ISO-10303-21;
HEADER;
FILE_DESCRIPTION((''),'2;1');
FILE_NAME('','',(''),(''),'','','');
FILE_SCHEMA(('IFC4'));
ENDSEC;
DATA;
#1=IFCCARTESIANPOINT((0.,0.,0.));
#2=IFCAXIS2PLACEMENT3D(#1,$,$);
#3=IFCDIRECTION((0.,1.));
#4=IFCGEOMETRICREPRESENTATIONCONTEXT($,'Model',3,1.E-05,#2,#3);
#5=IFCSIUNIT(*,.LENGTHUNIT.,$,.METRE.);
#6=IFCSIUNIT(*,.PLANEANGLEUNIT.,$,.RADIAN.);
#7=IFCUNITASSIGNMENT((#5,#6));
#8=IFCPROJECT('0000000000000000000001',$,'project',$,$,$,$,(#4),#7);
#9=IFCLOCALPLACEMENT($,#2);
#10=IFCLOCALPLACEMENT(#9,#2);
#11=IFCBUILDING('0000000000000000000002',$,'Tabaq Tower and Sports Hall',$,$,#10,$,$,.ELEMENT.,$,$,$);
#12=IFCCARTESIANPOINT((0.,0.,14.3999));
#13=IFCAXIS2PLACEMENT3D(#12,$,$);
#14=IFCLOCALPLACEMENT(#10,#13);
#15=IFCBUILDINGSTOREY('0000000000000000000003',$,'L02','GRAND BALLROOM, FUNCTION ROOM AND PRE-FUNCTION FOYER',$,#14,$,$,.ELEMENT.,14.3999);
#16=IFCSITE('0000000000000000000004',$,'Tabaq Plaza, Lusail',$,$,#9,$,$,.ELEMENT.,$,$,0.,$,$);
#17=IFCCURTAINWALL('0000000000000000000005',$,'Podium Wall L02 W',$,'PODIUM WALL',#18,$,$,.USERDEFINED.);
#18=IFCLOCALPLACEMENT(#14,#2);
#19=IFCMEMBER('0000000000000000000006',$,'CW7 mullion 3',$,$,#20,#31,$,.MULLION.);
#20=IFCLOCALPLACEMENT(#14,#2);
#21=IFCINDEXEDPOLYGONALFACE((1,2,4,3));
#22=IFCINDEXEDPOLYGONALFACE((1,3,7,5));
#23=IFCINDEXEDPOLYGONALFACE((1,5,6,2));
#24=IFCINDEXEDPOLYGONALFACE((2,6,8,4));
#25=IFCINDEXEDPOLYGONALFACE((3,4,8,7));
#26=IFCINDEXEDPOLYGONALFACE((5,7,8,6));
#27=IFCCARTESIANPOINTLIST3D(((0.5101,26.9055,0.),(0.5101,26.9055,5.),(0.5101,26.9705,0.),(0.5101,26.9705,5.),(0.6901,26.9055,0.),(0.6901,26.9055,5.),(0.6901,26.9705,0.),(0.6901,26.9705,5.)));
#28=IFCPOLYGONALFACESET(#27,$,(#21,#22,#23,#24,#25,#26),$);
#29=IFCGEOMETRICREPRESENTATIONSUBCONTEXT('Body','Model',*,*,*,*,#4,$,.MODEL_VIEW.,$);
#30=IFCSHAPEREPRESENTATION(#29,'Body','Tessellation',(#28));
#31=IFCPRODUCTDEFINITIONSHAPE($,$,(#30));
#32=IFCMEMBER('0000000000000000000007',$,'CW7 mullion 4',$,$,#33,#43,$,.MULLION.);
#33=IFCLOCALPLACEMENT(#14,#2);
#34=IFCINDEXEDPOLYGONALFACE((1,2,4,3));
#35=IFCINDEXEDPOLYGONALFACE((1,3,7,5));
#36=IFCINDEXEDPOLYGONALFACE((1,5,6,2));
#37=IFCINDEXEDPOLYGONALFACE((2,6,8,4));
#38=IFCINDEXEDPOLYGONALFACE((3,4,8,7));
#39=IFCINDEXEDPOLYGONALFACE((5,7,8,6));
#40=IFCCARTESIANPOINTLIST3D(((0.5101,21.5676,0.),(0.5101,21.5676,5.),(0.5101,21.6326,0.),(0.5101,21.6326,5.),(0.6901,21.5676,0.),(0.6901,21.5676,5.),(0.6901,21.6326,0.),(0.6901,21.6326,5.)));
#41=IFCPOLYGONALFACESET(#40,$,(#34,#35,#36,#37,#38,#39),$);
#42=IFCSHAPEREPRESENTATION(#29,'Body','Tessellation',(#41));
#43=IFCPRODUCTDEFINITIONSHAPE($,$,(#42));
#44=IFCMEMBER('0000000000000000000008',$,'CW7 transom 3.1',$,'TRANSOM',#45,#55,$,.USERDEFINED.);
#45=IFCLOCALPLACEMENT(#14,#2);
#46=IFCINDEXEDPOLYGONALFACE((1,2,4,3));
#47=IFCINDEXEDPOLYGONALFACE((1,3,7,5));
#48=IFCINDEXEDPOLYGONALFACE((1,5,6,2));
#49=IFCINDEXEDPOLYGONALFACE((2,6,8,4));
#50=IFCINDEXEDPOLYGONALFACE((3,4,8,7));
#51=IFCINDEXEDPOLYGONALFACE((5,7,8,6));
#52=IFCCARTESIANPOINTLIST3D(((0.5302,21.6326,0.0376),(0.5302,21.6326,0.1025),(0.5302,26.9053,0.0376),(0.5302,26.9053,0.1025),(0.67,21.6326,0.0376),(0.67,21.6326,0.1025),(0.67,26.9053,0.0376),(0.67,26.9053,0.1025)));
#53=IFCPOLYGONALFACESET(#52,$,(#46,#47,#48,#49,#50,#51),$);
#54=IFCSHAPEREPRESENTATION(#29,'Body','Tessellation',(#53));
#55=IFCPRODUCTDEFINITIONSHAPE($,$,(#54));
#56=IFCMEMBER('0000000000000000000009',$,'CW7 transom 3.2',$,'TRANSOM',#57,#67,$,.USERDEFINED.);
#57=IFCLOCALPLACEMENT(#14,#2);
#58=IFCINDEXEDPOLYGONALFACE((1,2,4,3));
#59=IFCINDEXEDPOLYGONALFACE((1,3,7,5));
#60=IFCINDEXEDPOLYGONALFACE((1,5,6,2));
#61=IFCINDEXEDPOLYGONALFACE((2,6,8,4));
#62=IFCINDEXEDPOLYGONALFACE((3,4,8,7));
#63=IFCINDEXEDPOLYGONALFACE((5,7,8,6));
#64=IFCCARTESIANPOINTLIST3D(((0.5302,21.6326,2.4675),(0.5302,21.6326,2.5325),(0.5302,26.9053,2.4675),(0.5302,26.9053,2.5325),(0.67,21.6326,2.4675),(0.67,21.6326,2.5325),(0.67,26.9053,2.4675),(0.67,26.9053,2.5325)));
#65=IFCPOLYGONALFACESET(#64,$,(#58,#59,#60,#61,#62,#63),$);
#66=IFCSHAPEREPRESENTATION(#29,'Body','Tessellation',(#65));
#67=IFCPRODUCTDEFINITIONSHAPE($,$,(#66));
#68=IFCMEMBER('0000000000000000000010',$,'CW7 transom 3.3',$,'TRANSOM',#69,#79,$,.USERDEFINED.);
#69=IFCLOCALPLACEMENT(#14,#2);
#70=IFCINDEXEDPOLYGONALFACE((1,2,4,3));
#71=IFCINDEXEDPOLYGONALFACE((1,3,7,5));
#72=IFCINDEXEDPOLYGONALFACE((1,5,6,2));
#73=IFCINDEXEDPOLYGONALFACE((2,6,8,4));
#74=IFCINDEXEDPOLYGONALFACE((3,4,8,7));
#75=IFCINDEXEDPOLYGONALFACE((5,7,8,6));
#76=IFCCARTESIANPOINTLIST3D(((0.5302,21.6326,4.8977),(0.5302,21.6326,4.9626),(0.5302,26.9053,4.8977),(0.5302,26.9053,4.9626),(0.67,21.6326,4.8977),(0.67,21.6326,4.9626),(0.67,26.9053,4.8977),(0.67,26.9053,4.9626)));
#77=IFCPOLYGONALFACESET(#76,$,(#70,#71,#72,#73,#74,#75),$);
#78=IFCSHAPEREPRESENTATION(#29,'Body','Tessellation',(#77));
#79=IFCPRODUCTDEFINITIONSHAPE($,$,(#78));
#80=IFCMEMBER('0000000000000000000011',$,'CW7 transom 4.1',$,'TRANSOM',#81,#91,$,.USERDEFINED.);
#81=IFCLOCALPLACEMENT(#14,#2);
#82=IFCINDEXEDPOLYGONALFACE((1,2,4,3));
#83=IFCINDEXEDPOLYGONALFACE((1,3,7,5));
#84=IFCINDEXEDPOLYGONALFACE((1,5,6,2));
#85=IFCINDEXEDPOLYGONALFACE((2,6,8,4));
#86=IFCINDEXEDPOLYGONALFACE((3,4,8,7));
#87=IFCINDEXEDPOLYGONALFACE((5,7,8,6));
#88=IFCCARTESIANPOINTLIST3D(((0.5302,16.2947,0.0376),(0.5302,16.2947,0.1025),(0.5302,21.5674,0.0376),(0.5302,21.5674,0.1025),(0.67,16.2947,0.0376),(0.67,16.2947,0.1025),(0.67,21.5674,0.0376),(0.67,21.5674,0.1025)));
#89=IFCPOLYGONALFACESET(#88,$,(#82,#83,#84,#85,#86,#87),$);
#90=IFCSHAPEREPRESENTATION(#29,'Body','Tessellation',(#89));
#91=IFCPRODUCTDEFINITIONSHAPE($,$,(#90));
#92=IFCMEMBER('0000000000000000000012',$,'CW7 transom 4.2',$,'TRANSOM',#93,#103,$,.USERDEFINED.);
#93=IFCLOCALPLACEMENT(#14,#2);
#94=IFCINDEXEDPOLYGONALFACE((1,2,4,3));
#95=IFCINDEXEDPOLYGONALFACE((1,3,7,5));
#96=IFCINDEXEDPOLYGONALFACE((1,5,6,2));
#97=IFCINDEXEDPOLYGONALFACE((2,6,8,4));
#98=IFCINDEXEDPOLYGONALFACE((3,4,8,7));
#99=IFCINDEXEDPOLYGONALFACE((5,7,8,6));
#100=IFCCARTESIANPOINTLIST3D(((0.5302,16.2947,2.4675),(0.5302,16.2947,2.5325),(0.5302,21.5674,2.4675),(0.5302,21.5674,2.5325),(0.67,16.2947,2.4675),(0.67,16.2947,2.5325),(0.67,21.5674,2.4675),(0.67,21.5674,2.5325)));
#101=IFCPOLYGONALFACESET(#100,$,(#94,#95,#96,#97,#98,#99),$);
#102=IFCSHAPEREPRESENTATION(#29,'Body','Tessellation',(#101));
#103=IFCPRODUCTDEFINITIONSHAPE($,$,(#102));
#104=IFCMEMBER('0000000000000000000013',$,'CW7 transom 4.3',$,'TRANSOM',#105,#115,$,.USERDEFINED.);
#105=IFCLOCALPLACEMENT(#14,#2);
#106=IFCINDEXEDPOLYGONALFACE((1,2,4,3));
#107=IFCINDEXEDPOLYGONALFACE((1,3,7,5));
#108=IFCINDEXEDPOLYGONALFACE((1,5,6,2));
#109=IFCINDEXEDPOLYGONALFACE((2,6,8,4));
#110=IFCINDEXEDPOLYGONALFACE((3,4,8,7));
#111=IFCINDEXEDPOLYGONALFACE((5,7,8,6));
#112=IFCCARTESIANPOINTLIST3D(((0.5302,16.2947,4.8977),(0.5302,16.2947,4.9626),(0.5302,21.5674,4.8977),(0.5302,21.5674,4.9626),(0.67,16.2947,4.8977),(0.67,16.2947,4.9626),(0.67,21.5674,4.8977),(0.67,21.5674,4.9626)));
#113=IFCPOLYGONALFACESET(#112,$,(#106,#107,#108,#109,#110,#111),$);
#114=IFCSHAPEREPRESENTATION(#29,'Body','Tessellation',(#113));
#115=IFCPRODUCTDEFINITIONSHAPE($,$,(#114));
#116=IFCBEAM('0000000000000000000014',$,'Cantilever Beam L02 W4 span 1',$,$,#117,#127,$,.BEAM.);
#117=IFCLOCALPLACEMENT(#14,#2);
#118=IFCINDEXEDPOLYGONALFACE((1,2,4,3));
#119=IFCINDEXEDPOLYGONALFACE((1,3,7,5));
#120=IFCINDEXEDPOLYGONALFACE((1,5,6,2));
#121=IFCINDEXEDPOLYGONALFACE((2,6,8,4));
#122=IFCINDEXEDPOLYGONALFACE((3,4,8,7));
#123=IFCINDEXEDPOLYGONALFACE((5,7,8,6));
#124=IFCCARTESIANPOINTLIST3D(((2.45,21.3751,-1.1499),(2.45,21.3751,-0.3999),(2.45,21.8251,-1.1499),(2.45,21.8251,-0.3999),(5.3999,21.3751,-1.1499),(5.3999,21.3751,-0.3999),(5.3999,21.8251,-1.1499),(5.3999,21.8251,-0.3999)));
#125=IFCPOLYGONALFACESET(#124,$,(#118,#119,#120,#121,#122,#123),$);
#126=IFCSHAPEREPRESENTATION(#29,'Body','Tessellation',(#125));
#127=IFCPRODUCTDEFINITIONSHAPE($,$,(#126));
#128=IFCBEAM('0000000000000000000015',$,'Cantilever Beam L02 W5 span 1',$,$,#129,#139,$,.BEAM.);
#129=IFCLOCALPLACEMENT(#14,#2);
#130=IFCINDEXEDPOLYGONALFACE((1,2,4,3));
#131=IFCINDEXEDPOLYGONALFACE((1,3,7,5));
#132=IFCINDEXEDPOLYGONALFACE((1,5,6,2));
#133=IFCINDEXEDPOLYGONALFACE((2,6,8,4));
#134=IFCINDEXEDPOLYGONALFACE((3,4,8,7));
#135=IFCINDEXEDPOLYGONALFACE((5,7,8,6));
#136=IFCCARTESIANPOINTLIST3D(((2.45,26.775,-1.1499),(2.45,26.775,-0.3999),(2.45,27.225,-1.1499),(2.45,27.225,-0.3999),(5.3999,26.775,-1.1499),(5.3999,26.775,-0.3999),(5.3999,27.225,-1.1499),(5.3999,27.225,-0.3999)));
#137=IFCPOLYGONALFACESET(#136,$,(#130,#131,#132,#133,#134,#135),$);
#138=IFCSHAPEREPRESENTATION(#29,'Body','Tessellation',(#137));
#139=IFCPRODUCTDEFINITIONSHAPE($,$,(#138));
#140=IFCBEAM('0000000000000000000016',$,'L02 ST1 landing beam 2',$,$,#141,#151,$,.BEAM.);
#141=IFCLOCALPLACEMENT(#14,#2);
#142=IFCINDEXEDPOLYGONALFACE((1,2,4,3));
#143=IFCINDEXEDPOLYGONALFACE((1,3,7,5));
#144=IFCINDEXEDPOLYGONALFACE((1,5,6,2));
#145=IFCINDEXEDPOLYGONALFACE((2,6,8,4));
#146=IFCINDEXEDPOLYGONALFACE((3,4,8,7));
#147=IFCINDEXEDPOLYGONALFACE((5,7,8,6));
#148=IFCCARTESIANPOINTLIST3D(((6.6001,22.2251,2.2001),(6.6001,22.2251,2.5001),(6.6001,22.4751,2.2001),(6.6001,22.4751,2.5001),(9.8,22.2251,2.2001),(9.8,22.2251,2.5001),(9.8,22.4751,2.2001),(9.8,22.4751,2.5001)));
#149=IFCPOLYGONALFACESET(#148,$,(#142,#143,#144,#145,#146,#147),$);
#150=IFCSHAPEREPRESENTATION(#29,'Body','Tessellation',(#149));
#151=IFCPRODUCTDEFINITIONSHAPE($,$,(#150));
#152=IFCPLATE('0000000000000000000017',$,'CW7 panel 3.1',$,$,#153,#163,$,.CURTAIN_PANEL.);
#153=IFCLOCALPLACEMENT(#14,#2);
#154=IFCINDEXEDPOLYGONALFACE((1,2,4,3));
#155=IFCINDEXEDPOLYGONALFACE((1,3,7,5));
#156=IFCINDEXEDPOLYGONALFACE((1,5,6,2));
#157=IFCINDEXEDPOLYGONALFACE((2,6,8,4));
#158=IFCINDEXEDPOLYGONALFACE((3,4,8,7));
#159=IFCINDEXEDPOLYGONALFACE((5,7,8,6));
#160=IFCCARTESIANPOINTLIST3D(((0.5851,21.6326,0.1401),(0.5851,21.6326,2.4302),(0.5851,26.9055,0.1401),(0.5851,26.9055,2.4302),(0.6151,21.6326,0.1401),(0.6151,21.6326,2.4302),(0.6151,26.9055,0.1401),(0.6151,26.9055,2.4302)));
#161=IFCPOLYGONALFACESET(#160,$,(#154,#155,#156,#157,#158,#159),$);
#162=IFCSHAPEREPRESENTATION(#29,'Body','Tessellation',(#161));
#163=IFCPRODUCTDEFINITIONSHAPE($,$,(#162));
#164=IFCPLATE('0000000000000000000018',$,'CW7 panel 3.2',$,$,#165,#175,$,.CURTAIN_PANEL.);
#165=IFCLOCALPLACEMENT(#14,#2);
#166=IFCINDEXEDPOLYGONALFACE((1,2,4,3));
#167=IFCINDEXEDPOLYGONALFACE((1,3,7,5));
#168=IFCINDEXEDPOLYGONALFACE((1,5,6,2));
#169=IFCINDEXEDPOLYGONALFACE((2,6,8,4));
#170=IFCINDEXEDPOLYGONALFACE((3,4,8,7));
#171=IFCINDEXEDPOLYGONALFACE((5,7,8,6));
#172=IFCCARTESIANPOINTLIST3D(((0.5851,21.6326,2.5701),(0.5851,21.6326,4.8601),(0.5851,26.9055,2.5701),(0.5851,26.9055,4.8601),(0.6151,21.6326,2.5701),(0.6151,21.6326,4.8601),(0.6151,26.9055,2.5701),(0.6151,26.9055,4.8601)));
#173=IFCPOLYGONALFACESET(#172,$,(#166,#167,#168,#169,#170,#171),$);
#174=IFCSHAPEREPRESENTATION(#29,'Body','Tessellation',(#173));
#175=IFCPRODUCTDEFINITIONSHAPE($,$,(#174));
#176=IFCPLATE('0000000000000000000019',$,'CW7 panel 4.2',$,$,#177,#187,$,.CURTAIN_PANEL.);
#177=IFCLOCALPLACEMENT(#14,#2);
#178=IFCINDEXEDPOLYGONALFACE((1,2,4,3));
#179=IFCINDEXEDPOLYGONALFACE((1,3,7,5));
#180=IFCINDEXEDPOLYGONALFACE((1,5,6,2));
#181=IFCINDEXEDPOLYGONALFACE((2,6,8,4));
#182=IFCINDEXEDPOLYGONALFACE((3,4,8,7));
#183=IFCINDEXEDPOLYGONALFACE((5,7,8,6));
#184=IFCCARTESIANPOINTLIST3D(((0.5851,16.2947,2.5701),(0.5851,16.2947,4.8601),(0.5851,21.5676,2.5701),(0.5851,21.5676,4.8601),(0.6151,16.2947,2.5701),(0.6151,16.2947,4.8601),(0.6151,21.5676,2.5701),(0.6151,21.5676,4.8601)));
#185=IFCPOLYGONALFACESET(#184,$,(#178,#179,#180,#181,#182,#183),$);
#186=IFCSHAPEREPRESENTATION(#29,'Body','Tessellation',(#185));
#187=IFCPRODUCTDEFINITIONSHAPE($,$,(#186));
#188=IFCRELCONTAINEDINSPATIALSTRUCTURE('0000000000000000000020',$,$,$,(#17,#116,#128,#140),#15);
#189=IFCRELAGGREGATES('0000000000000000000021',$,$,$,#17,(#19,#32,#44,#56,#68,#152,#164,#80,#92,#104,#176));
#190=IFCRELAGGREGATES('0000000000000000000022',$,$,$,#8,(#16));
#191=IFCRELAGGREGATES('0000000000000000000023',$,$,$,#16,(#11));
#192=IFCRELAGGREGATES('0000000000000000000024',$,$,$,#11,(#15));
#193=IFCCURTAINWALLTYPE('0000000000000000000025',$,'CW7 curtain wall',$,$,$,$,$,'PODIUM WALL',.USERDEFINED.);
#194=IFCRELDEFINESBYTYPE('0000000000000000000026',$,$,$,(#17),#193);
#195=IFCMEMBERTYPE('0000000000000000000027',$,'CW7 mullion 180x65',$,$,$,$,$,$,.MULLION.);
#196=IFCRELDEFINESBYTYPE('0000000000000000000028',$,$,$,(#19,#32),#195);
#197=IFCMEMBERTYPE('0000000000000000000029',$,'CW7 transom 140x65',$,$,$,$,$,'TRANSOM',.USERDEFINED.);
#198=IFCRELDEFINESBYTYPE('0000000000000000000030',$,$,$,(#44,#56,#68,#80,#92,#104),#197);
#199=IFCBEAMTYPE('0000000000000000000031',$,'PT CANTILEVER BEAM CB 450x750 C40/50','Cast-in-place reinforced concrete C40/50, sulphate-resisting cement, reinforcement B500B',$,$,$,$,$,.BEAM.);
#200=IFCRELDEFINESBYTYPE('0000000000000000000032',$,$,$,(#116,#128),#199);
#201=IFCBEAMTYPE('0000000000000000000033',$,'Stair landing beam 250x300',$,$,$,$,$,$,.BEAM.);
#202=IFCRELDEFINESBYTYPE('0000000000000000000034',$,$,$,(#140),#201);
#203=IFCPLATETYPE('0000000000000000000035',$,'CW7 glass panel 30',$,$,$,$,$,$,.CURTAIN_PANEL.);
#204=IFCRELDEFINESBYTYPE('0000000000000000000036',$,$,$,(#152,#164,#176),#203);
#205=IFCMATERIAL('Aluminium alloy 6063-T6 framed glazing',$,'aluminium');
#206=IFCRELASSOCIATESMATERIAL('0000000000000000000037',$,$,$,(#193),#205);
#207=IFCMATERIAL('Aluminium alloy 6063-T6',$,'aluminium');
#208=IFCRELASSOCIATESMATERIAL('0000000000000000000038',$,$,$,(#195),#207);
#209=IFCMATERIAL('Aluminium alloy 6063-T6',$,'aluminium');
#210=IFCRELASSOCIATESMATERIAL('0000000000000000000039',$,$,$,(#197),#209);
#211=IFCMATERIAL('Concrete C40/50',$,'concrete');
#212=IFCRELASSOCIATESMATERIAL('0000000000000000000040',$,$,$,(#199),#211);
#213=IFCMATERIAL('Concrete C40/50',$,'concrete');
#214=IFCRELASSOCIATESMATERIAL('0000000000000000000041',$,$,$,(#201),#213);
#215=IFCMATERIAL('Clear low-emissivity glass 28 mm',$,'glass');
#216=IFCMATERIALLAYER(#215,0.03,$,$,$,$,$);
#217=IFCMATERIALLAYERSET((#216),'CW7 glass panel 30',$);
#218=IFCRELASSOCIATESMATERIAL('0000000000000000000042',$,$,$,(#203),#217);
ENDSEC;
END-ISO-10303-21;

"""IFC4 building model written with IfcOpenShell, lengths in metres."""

from ifc_helpers import new_model, si_unit, direction, frame, origin, origin_2d, place, context, subcontext, project, spatial, rectangle, extrude, material, layer, layer_set, material_profile, profile_set, type_object, element, aggregate, save


model = new_model("IFC4")

# Units and contexts
model_context = context("Model", 3, precision=1e-05, world=origin(), true_north=direction((0.0, 1.0)))
body_context = subcontext(model_context, "Body", "Model", "MODEL_VIEW")
ifc_project = project(units=[si_unit("LENGTHUNIT", "METRE"), si_unit("PLANEANGLEUNIT", "RADIAN")], contexts=[model_context])

# Site, building, storey
site_placement = place(None, origin())
site = spatial("IfcSite", under=ifc_project, at=site_placement, Name="Tabaq Plaza, Lusail", CompositionType="ELEMENT", RefElevation=0.0)
building_placement = place(site_placement, origin())
building = spatial("IfcBuilding", under=site, at=building_placement, Name="Tabaq Tower and Sports Hall", CompositionType="ELEMENT")
storey_placement = place(building_placement, frame((0.0, 0.0, 14.3999)))
storey = spatial("IfcBuildingStorey", under=building, at=storey_placement, Name="L02", Description="GRAND BALLROOM, FUNCTION ROOM AND PRE-FUNCTION FOYER", CompositionType="ELEMENT", Elevation=14.3999)

# Curtain wall, members
ifc_material_1 = material(Name="Aluminium alloy 6063-T6 framed glazing", Category="aluminium")
curtain_wall_type = type_object("IfcCurtainWallType", Name="CW7 curtain wall", ElementType="PODIUM WALL", PredefinedType="USERDEFINED", material=ifc_material_1)
curtain_wall_placement = place(storey_placement, origin())
curtain_wall = element("IfcCurtainWall", 1, at=curtain_wall_placement, inside=storey, type_object=curtain_wall_type, Name="Podium Wall L02 W", ObjectType="PODIUM WALL", PredefinedType="USERDEFINED")
ifc_material_2 = material(Name="Aluminium alloy 6063-T6", Category="aluminium")
ifc_material_profile_1 = material_profile(ifc_material_2, rectangle(XDim=0.1799, YDim=0.0649, at=origin_2d()), Name="MULLION 180x65")
ifc_profile_set_1 = profile_set([ifc_material_profile_1], Name="Aluminium alloy 6063-T6")
member_type_1 = type_object("IfcMemberType", Name="CW7 mullion 180x65", PredefinedType="MULLION", material=ifc_profile_set_1)
member_1_placement = place(storey_placement, frame((0.6001, 26.938, 0.0), z_axis=(0.0, 0.0, 1.0), x_axis=(1.0, 0.0, 0.0)))
member_1 = element("IfcMember", 2, at=member_1_placement, type_object=member_type_1, Name="CW7 mullion 3", PredefinedType="MULLION", context=body_context, shape_type="SweptSolid", body=[
    extrude(rectangle(XDim=0.1799, YDim=0.0649, at=origin_2d()), origin(), (0.0, 0.0, 1.0), 5.0),
])
member_2_placement = place(storey_placement, frame((0.6001, 21.6001, 0.0), z_axis=(0.0, 0.0, 1.0), x_axis=(1.0, 0.0, 0.0)))
member_2 = element("IfcMember", 3, at=member_2_placement, type_object=member_type_1, Name="CW7 mullion 4", PredefinedType="MULLION", context=body_context, shape_type="SweptSolid", body=[
    extrude(rectangle(XDim=0.1799, YDim=0.0649, at=origin_2d()), origin(), (0.0, 0.0, 1.0), 5.0),
])
ifc_material_3 = material(Name="Aluminium alloy 6063-T6", Category="aluminium")
ifc_material_profile_2 = material_profile(ifc_material_3, rectangle(XDim=0.1399, YDim=0.0649, at=origin_2d()), Name="TRANSOM 140x65")
ifc_profile_set_2 = profile_set([ifc_material_profile_2], Name="Aluminium alloy 6063-T6")
member_type_2 = type_object("IfcMemberType", Name="CW7 transom 140x65", ElementType="TRANSOM", PredefinedType="USERDEFINED", material=ifc_profile_set_2)
member_3_placement = place(storey_placement, frame((0.6001, 26.9053, 0.0701), z_axis=(0.0, -1.0, 0.0), x_axis=(1.0, 0.0, 0.0)))
member_3 = element("IfcMember", 4, at=member_3_placement, type_object=member_type_2, Name="CW7 transom 3.1", ObjectType="TRANSOM", PredefinedType="USERDEFINED", context=body_context, shape_type="SweptSolid", body=[
    extrude(rectangle(XDim=0.1399, YDim=0.0649, at=origin_2d()), origin(), (0.0, 0.0, 1.0), 5.2727),
])
member_4_placement = place(storey_placement, frame((0.6001, 26.9053, 2.5), z_axis=(0.0, -1.0, 0.0), x_axis=(1.0, 0.0, 0.0)))
member_4 = element("IfcMember", 5, at=member_4_placement, type_object=member_type_2, Name="CW7 transom 3.2", ObjectType="TRANSOM", PredefinedType="USERDEFINED", context=body_context, shape_type="SweptSolid", body=[
    extrude(rectangle(XDim=0.1399, YDim=0.0649, at=origin_2d()), origin(), (0.0, 0.0, 1.0), 5.2727),
])
member_5_placement = place(storey_placement, frame((0.6001, 26.9053, 4.9302), z_axis=(0.0, -1.0, 0.0), x_axis=(1.0, 0.0, 0.0)))
member_5 = element("IfcMember", 6, at=member_5_placement, type_object=member_type_2, Name="CW7 transom 3.3", ObjectType="TRANSOM", PredefinedType="USERDEFINED", context=body_context, shape_type="SweptSolid", body=[
    extrude(rectangle(XDim=0.1399, YDim=0.0649, at=origin_2d()), origin(), (0.0, 0.0, 1.0), 5.2727),
])
member_6_placement = place(storey_placement, frame((0.6001, 21.5674, 0.0701), z_axis=(0.0, -1.0, 0.0), x_axis=(1.0, 0.0, 0.0)))
member_6 = element("IfcMember", 7, at=member_6_placement, type_object=member_type_2, Name="CW7 transom 4.1", ObjectType="TRANSOM", PredefinedType="USERDEFINED", context=body_context, shape_type="SweptSolid", body=[
    extrude(rectangle(XDim=0.1399, YDim=0.0649, at=origin_2d()), origin(), (0.0, 0.0, 1.0), 5.2727),
])
member_7_placement = place(storey_placement, frame((0.6001, 21.5674, 2.5), z_axis=(0.0, -1.0, 0.0), x_axis=(1.0, 0.0, 0.0)))
member_7 = element("IfcMember", 8, at=member_7_placement, type_object=member_type_2, Name="CW7 transom 4.2", ObjectType="TRANSOM", PredefinedType="USERDEFINED", context=body_context, shape_type="SweptSolid", body=[
    extrude(rectangle(XDim=0.1399, YDim=0.0649, at=origin_2d()), origin(), (0.0, 0.0, 1.0), 5.2727),
])
member_8_placement = place(storey_placement, frame((0.6001, 21.5674, 4.9302), z_axis=(0.0, -1.0, 0.0), x_axis=(1.0, 0.0, 0.0)))
member_8 = element("IfcMember", 9, at=member_8_placement, type_object=member_type_2, Name="CW7 transom 4.3", ObjectType="TRANSOM", PredefinedType="USERDEFINED", context=body_context, shape_type="SweptSolid", body=[
    extrude(rectangle(XDim=0.1399, YDim=0.0649, at=origin_2d()), origin(), (0.0, 0.0, 1.0), 5.2727),
])

# Beams
ifc_material_4 = material(Name="Concrete C40/50", Category="concrete")
ifc_material_profile_3 = material_profile(ifc_material_4, rectangle(XDim=0.45, YDim=0.75, at=origin_2d()), Name="CB 450x750")
ifc_profile_set_3 = profile_set([ifc_material_profile_3], Name="Concrete C40/50")
beam_type_1 = type_object("IfcBeamType", Name="PT CANTILEVER BEAM CB 450x750 C40/50", Description="Cast-in-place reinforced concrete C40/50, sulphate-resisting cement, reinforcement B500B", PredefinedType="BEAM", material=ifc_profile_set_3)
for number, where, z_axis, x_axis, name in (
    (10, (2.45, 21.6001, -0.7749), (1.0, 0.0, 0.0), (0.0, 1.0, 0.0), "Cantilever Beam L02 W4 span 1"),
    (11, (2.45, 27.0, -0.7749), (1.0, 0.0, 0.0), (0.0, 1.0, 0.0), "Cantilever Beam L02 W5 span 1"),
):
    element("IfcBeam", number, at=place(storey_placement, frame(where, z_axis=z_axis, x_axis=x_axis)), inside=storey, type_object=beam_type_1, Name=name, PredefinedType="BEAM", context=body_context, shape_type="SweptSolid", body=[
        extrude(rectangle(XDim=0.45, YDim=0.75, at=origin_2d()), origin(), (0.0, 0.0, 1.0), 2.95),
    ])
ifc_material_5 = material(Name="Concrete C40/50", Category="concrete")
ifc_material_profile_4 = material_profile(ifc_material_5, rectangle(XDim=0.25, YDim=0.3, at=origin_2d()), Name="RC 250x300")
ifc_profile_set_4 = profile_set([ifc_material_profile_4], Name="Concrete C40/50")
beam_type_2 = type_object("IfcBeamType", Name="Stair landing beam 250x300", PredefinedType="BEAM", material=ifc_profile_set_4)
beam_placement = place(storey_placement, frame((6.6001, 22.3501, 2.3501), z_axis=(1.0, 0.0, 0.0), x_axis=(0.0, 1.0, 0.0)))
element("IfcBeam", 12, at=beam_placement, inside=storey, type_object=beam_type_2, Name="L02 ST1 landing beam 2", PredefinedType="BEAM", context=body_context, shape_type="SweptSolid", body=[
    extrude(rectangle(XDim=0.25, YDim=0.3, at=origin_2d()), origin(), (0.0, 0.0, 1.0), 3.2),
])

# Plates
ifc_material_6 = material(Name="Clear low-emissivity glass 28 mm", Category="glass")
ifc_layer_1 = layer(ifc_material_6, 0.03)
ifc_layer_set_1 = layer_set([ifc_layer_1], Name="CW7 glass panel 30")
plate_type = type_object("IfcPlateType", Name="CW7 glass panel 30", PredefinedType="CURTAIN_PANEL", material=ifc_layer_set_1)
plate_1_placement = place(storey_placement, frame((0.6001, 24.269, 0.1401), z_axis=(0.0, 0.0, 1.0), x_axis=(0.0, -1.0, 0.0)))
plate_1 = element("IfcPlate", 13, at=plate_1_placement, type_object=plate_type, Name="CW7 panel 3.1", PredefinedType="CURTAIN_PANEL", context=body_context, shape_type="SweptSolid", body=[
    extrude(rectangle(XDim=5.2729, YDim=0.03, at=origin_2d()), origin(), (0.0, 0.0, 1.0), 2.29),
])
plate_2_placement = place(storey_placement, frame((0.6001, 24.269, 2.5701), z_axis=(0.0, 0.0, 1.0), x_axis=(0.0, -1.0, 0.0)))
plate_2 = element("IfcPlate", 14, at=plate_2_placement, type_object=plate_type, Name="CW7 panel 3.2", PredefinedType="CURTAIN_PANEL", context=body_context, shape_type="SweptSolid", body=[
    extrude(rectangle(XDim=5.2729, YDim=0.03, at=origin_2d()), origin(), (0.0, 0.0, 1.0), 2.29),
])
plate_3_placement = place(storey_placement, frame((0.6001, 18.9312, 2.5701), z_axis=(0.0, 0.0, 1.0), x_axis=(0.0, -1.0, 0.0)))
plate_3 = element("IfcPlate", 15, at=plate_3_placement, type_object=plate_type, Name="CW7 panel 4.2", PredefinedType="CURTAIN_PANEL", context=body_context, shape_type="SweptSolid", body=[
    extrude(rectangle(XDim=5.2729, YDim=0.03, at=origin_2d()), origin(), (0.0, 0.0, 1.0), 2.29),
])
aggregate(curtain_wall, [member_1, member_2, member_3, member_4, member_5, plate_1, plate_2, member_6, member_7, member_8, plate_3])

save(model, "model.ifc")
